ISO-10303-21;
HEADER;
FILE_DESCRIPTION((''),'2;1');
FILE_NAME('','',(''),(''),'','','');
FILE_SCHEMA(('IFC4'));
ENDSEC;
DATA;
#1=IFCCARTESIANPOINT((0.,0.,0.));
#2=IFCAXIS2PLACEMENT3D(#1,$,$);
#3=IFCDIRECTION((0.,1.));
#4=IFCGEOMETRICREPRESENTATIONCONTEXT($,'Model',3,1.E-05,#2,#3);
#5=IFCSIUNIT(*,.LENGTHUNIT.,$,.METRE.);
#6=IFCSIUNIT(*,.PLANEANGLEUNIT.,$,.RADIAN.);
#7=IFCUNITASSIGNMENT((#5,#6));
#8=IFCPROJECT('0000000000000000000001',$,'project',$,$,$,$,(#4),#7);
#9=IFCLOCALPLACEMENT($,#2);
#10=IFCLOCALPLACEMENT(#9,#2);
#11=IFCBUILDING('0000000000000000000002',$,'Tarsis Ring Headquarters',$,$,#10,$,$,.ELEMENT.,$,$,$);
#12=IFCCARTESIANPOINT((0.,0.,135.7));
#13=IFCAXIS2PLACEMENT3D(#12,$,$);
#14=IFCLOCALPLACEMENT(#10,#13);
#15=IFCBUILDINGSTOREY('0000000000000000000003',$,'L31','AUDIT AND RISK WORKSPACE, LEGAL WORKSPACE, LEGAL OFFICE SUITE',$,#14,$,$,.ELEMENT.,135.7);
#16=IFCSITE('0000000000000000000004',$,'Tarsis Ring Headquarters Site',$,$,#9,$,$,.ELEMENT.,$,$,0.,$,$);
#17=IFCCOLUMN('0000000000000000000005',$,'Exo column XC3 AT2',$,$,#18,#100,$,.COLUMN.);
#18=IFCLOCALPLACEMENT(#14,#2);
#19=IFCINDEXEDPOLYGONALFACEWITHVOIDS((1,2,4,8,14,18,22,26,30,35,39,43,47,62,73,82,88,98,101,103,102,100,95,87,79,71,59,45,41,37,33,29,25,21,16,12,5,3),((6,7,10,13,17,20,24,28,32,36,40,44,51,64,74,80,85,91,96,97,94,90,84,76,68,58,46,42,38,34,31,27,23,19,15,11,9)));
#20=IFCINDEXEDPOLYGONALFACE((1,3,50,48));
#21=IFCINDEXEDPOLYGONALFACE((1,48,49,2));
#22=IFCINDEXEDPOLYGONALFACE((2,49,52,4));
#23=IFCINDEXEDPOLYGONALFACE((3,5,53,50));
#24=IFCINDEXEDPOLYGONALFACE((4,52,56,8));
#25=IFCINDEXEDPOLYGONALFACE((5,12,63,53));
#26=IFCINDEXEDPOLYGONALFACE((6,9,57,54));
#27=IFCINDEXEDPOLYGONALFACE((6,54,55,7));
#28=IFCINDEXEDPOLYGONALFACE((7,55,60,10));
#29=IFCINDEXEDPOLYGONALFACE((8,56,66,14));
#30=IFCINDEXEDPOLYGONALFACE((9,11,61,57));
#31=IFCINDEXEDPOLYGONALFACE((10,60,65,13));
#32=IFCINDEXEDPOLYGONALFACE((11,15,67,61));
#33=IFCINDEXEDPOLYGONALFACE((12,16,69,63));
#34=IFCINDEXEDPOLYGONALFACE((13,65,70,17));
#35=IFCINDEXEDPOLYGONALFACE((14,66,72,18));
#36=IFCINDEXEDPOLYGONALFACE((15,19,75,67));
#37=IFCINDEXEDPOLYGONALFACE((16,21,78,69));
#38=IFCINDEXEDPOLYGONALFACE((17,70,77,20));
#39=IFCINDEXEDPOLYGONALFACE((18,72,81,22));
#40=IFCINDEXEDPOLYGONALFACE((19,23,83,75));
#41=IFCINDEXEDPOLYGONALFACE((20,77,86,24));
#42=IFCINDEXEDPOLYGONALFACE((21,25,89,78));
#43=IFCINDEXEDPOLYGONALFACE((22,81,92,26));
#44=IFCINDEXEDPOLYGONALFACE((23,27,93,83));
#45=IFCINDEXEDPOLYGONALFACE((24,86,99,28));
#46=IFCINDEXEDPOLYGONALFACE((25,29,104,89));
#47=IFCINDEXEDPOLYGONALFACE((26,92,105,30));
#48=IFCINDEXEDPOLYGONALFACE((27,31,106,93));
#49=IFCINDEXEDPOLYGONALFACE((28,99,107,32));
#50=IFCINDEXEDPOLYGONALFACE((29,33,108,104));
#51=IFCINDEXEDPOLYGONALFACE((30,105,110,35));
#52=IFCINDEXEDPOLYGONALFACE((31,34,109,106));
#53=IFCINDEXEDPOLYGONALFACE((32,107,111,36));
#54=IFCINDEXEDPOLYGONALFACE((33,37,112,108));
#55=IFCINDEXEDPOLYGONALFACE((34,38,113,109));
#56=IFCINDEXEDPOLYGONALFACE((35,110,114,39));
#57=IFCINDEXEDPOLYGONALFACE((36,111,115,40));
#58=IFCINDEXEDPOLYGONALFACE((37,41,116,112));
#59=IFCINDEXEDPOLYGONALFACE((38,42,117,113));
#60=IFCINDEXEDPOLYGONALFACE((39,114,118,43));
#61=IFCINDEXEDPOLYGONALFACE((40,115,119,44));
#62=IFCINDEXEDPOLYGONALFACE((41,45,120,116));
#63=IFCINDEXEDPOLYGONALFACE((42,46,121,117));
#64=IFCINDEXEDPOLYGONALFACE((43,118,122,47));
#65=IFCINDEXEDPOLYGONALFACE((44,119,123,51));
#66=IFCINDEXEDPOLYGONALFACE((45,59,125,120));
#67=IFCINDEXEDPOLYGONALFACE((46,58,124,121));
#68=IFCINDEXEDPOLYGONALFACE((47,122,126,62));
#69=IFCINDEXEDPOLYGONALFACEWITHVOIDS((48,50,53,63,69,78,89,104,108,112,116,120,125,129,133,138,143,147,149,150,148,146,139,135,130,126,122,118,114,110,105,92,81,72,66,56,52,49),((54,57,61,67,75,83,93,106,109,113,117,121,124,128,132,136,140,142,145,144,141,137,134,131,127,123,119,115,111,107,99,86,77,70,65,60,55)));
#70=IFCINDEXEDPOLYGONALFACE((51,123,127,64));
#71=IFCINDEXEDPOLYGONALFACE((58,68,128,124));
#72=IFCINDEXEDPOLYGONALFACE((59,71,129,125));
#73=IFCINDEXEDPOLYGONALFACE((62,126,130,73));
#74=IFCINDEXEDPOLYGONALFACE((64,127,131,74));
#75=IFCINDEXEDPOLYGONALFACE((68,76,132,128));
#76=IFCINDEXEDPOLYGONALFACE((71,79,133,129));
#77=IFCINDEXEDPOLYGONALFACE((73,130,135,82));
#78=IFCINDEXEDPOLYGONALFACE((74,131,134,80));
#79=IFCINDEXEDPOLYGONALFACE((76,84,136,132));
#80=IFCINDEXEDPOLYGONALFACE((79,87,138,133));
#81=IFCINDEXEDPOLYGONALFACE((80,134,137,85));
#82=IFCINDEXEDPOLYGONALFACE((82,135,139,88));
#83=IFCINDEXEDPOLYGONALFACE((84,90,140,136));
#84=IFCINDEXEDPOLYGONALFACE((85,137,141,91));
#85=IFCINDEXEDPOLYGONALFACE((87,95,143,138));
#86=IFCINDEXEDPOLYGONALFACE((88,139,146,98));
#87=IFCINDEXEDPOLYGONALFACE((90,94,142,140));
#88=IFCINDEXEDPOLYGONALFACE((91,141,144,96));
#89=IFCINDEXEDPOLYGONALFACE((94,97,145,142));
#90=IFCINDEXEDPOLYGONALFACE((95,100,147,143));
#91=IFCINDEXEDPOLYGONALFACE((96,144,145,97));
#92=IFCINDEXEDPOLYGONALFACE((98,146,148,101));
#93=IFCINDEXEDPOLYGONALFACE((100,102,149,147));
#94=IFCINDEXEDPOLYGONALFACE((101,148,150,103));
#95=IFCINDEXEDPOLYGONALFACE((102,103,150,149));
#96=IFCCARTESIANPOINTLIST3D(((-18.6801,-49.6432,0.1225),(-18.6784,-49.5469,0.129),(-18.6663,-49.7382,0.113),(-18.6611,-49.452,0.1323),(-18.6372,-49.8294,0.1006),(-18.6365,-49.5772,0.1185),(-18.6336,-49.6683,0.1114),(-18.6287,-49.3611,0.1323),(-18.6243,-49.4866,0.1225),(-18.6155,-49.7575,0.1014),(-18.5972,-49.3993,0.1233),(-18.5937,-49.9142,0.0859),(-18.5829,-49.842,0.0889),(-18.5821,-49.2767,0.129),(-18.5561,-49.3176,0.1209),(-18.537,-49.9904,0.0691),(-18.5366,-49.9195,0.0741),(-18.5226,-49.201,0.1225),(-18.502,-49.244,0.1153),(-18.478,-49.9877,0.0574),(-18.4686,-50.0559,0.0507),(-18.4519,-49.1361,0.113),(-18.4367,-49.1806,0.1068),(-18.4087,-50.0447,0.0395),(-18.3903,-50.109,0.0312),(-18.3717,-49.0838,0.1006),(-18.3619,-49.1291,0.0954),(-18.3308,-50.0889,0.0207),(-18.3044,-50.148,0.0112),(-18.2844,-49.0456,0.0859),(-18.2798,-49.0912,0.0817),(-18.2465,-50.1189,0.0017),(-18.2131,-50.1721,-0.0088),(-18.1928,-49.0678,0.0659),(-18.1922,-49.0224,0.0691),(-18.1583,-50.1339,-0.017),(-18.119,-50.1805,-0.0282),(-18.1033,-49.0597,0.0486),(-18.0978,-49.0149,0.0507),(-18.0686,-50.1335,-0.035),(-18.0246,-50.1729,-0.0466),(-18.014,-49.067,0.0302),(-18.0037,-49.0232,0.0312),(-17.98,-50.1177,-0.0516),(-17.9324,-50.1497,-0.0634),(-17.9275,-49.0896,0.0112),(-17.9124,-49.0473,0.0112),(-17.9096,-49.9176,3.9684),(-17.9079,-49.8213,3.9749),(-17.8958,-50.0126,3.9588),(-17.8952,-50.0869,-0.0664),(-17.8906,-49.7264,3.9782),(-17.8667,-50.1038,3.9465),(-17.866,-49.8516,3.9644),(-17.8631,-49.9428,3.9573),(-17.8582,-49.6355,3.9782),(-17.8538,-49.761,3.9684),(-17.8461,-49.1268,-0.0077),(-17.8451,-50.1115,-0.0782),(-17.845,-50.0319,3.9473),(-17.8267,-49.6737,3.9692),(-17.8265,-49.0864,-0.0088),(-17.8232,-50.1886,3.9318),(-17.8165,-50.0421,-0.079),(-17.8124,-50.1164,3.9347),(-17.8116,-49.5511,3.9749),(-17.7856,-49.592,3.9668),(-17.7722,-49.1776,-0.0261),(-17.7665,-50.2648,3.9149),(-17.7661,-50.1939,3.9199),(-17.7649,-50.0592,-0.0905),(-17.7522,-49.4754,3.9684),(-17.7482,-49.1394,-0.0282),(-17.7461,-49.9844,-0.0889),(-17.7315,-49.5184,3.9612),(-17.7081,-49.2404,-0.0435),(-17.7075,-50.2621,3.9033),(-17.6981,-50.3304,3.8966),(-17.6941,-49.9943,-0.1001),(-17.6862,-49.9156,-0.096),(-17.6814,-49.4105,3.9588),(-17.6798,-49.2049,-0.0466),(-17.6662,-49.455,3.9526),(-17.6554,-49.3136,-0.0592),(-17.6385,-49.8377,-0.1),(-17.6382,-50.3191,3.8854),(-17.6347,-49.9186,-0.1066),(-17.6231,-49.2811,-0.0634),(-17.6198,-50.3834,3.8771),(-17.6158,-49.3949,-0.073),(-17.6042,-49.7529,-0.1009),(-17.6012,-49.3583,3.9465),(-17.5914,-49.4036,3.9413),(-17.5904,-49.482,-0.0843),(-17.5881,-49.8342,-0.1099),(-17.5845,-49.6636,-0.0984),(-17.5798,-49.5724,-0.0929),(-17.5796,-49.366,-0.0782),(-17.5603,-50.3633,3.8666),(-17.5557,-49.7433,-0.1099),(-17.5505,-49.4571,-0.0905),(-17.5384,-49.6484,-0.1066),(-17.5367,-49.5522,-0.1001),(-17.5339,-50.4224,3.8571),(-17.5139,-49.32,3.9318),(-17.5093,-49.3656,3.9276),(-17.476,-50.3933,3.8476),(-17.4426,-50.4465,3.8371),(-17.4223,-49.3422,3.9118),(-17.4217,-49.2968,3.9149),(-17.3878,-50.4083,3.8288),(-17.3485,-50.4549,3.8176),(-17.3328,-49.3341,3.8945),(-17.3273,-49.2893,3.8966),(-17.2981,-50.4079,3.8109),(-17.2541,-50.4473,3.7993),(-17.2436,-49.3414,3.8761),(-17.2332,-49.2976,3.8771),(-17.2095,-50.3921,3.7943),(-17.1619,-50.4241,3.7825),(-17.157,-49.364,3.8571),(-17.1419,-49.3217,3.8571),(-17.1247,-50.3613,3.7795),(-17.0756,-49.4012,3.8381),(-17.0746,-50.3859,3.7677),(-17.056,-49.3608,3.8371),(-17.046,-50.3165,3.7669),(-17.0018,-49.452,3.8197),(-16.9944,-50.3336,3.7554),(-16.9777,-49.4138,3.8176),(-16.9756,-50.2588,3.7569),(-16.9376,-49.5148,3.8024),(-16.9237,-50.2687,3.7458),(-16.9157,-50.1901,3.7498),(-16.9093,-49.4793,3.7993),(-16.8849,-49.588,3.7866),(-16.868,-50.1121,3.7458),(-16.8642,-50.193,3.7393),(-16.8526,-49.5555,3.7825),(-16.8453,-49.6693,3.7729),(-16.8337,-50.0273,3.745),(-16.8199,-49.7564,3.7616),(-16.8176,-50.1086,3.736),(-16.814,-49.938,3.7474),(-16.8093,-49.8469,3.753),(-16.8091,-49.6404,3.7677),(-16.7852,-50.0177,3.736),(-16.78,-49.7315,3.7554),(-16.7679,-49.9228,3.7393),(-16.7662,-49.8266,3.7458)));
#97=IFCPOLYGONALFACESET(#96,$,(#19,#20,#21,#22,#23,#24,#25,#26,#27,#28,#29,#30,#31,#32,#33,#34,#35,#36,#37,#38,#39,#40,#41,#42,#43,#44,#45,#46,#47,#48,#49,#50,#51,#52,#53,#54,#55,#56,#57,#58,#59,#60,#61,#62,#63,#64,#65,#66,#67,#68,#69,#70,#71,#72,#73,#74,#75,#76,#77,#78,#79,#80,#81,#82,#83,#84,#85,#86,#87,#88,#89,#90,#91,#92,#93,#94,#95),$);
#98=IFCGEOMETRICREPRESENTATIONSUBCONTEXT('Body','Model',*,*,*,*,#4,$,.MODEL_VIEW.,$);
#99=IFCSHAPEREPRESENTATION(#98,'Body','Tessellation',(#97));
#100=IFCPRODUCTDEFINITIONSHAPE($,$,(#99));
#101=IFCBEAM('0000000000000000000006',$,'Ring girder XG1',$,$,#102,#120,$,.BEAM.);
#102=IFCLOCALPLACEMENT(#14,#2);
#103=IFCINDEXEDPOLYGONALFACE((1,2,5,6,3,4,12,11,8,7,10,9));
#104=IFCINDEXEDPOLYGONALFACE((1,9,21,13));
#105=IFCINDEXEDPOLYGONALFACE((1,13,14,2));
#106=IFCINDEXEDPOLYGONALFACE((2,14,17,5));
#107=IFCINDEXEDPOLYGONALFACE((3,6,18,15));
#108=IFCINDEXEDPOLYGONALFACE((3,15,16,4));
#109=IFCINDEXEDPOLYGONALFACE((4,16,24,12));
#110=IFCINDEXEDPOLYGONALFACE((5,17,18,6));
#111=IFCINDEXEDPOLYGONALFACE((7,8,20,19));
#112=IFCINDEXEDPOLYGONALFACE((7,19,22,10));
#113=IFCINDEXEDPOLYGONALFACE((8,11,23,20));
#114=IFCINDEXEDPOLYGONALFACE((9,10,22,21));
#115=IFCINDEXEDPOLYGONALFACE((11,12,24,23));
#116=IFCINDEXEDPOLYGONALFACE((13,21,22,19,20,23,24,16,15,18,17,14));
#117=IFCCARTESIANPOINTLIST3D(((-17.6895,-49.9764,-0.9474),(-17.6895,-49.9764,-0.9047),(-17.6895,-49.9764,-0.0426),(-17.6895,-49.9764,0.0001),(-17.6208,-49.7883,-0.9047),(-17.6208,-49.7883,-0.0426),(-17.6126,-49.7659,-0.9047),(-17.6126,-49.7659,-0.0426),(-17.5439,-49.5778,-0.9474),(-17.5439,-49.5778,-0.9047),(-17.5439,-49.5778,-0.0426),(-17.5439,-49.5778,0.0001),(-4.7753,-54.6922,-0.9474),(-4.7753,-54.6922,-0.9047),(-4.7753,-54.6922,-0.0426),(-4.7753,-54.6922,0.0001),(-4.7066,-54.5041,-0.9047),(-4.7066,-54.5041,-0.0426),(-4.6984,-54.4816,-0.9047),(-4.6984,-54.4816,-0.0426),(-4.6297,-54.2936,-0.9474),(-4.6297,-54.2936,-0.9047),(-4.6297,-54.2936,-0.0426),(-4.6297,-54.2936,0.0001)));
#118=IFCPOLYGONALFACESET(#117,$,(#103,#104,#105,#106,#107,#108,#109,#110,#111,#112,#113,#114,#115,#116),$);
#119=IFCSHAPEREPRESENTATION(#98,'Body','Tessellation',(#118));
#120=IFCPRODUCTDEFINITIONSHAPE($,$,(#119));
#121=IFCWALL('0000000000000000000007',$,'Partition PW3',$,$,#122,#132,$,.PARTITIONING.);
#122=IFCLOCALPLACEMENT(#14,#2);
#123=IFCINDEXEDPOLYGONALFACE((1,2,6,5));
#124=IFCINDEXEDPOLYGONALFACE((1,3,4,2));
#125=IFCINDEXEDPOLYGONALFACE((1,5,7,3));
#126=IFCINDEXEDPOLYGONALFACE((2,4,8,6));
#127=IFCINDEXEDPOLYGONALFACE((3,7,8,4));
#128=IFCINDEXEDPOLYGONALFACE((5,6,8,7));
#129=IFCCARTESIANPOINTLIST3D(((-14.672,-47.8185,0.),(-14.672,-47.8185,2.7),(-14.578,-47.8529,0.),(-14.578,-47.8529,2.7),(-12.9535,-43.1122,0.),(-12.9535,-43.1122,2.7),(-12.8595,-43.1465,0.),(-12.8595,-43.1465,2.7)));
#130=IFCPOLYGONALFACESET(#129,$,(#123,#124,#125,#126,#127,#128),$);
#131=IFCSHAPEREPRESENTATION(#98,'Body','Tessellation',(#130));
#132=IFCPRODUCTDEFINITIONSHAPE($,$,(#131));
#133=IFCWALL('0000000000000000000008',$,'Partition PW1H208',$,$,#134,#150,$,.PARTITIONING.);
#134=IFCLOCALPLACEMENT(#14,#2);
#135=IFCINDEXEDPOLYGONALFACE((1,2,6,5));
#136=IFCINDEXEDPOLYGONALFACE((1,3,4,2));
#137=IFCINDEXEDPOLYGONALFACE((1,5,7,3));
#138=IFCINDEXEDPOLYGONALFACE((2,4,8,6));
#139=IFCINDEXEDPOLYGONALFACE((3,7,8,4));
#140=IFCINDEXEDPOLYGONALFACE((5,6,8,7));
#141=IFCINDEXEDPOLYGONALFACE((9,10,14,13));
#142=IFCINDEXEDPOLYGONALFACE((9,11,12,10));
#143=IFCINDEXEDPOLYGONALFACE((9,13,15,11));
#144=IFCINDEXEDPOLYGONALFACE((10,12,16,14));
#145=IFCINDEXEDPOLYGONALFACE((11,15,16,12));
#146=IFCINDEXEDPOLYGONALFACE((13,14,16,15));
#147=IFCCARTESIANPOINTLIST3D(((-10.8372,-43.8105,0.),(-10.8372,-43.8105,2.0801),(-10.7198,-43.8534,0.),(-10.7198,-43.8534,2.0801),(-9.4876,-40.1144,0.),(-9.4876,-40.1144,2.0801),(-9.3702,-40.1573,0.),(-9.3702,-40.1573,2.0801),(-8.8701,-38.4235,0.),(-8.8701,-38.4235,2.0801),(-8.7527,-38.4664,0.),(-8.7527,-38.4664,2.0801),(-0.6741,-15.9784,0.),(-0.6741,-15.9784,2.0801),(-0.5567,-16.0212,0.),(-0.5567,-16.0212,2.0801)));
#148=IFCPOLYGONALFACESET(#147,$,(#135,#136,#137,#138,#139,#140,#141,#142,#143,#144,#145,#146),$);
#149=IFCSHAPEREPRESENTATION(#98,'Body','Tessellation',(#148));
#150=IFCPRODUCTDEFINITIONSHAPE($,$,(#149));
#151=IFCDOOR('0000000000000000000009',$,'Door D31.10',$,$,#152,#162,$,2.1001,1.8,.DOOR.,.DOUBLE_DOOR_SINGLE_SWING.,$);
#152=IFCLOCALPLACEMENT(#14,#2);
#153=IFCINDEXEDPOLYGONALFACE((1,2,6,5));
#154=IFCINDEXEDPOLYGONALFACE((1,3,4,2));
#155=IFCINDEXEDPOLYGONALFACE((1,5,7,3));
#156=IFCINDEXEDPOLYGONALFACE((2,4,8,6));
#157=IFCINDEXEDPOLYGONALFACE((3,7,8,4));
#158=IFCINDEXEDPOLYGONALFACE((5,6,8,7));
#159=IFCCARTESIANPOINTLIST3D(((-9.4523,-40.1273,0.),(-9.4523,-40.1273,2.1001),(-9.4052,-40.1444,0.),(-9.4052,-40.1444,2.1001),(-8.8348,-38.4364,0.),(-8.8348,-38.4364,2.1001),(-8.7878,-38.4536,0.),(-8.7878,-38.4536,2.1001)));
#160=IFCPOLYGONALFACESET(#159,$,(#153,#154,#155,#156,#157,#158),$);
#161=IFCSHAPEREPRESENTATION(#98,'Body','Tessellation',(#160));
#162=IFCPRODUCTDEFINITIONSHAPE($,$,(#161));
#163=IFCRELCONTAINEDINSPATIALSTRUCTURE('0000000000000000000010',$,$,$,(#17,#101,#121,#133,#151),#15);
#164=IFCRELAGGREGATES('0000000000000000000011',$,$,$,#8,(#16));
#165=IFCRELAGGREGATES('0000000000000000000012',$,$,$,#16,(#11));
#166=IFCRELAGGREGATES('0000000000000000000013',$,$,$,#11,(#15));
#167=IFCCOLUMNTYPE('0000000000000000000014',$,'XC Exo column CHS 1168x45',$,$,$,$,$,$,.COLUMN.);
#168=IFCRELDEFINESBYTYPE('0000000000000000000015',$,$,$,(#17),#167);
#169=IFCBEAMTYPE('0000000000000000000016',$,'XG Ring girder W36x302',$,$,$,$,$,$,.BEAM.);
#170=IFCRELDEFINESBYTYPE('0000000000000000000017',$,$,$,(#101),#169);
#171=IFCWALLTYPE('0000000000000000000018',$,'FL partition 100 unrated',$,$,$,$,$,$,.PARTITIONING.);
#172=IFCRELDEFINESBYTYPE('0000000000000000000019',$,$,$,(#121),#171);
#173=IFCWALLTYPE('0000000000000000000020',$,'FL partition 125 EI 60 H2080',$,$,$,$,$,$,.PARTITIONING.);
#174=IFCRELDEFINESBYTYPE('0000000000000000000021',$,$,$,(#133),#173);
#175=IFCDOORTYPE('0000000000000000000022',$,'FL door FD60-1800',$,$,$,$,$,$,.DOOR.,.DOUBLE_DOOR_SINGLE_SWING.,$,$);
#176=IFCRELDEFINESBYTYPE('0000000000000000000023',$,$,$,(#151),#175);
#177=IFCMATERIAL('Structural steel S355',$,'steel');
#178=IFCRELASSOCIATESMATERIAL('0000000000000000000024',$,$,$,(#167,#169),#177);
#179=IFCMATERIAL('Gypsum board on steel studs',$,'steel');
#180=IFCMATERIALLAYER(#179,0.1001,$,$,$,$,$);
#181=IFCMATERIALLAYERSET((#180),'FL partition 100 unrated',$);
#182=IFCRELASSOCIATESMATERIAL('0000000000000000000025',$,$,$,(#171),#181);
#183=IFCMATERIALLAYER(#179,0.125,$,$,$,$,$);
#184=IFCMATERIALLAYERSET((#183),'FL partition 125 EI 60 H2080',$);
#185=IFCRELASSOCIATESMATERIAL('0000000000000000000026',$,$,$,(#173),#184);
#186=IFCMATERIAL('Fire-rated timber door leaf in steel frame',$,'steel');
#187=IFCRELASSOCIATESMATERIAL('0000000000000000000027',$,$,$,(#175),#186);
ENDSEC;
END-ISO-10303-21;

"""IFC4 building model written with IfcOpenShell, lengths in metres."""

from ifc_helpers import new_model, si_unit, direction, frame, frame_2d, origin, origin_2d, place, context, subcontext, project, spatial, rectangle, hollow_circle, i_section, extrude, material, layer, layer_set, material_profile, profile_set, type_object, element, fill, save


model = new_model("IFC4")

# Units and contexts
model_context = context("Model", 3, precision=1e-05, world=origin(), true_north=direction((0.0, 1.0)))
body_context = subcontext(model_context, "Body", "Model", "MODEL_VIEW")
ifc_project = project(units=[si_unit("LENGTHUNIT", "METRE"), si_unit("PLANEANGLEUNIT", "RADIAN")], contexts=[model_context])

# Site, building, storey
site_placement = place(None, origin())
site = spatial("IfcSite", under=ifc_project, at=site_placement, Name="Tarsis Ring Headquarters Site", CompositionType="ELEMENT", RefElevation=0.0)
building_placement = place(site_placement, origin())
building = spatial("IfcBuilding", under=site, at=building_placement, Name="Tarsis Ring Headquarters", CompositionType="ELEMENT")
storey_placement = place(building_placement, frame((0.0, 0.0, 135.7)))
storey = spatial("IfcBuildingStorey", under=building, at=storey_placement, Name="L31", Description="AUDIT AND RISK WORKSPACE, LEGAL WORKSPACE, LEGAL OFFICE SUITE", CompositionType="ELEMENT", Elevation=135.7)

# Column
ifc_material_1 = material(Name="Structural steel S355", Category="steel")
ifc_material_profile_1 = material_profile(ifc_material_1, hollow_circle(Radius=0.5842, WallThickness=0.0449, at=origin_2d()), Name="CHS 1168x45")
ifc_profile_set_1 = profile_set([ifc_material_profile_1], Name="Structural steel S355")
column_type = type_object("IfcColumnType", Name="XC Exo column CHS 1168x45", PredefinedType="COLUMN", material=ifc_profile_set_1)
column_placement = place(storey_placement, frame((-18.1084, -49.5977, 0.0112), z_axis=(0.19596, -0.069791, 0.978125), x_axis=(0.335504, 0.942039, 0.0)))
element("IfcColumn", 1, at=column_placement, inside=storey, type_object=column_type, Name="Exo column XC3 AT2", PredefinedType="COLUMN", context=body_context, shape_type="SweptSolid", body=[
    extrude(hollow_circle(Radius=0.5842, WallThickness=0.0449, at=origin_2d()), origin(), (0.0, 0.0, 1.0), 3.9319),
])

# Beam
ifc_material_profile_2 = material_profile(ifc_material_1, i_section(OverallWidth=0.4243, OverallDepth=0.9475, WebThickness=0.0239, FlangeThickness=0.0427, at=origin_2d()), Name="W36x302")
ifc_profile_set_2 = profile_set([ifc_material_profile_2], Name="Structural steel S355")
beam_type = type_object("IfcBeamType", Name="XG Ring girder W36x302", PredefinedType="BEAM", material=ifc_profile_set_2)
beam_placement = place(storey_placement, frame((-17.6167, -49.7771, -0.4736), z_axis=(0.939332, -0.343009, 0.0), x_axis=(0.343009, 0.939332, 0.0)))
element("IfcBeam", 2, at=beam_placement, inside=storey, type_object=beam_type, Name="Ring girder XG1", PredefinedType="BEAM", context=body_context, shape_type="SweptSolid", body=[
    extrude(i_section(OverallWidth=0.4243, OverallDepth=0.9475, WebThickness=0.0239, FlangeThickness=0.0427, at=origin_2d()), origin(), (0.0, 0.0, 1.0), 13.7483),
])

# Wall
ifc_material_2 = material(Name="Gypsum board on steel studs", Category="steel")
ifc_layer_1 = layer(ifc_material_2, 0.1001)
ifc_layer_set_1 = layer_set([ifc_layer_1], Name="FL partition 100 unrated")
wall_type_1 = type_object("IfcWallType", Name="FL partition 100 unrated", PredefinedType="PARTITIONING", material=ifc_layer_set_1)
wall_1_placement = place(storey_placement, frame((-14.625, -47.8357, 0.0), z_axis=(0.0, 0.0, 1.0), x_axis=(0.342999, 0.939336, 0.0)))
element("IfcWall", 3, at=wall_1_placement, inside=storey, type_object=wall_type_1, Name="Partition PW3", PredefinedType="PARTITIONING", context=body_context, shape_type="SweptSolid", body=[
    extrude(rectangle(XDim=5.0103, YDim=0.1001, at=frame_2d((2.5051, 0.0))), origin(), (0.0, 0.0, 1.0), 2.7),
])

# Wall, opening, door
ifc_layer_2 = layer(ifc_material_2, 0.125)
ifc_layer_set_2 = layer_set([ifc_layer_2], Name="FL partition 125 EI 60 H2080")
wall_type_2 = type_object("IfcWallType", Name="FL partition 125 EI 60 H2080", PredefinedType="PARTITIONING", material=ifc_layer_set_2)
wall_2_placement = place(storey_placement, frame((-10.7786, -43.832, 0.0), z_axis=(0.0, 0.0, 1.0), x_axis=(0.343005, 0.939334, 0.0)))
wall_2 = element("IfcWall", 4, at=wall_2_placement, inside=storey, type_object=wall_type_2, Name="Partition PW1H208", PredefinedType="PARTITIONING", context=body_context, shape_type="SweptSolid", body=[
    extrude(rectangle(XDim=29.6296, YDim=0.125, at=frame_2d((14.8149, 0.0))), origin(), (0.0, 0.0, 1.0), 2.0801),
])
opening_1_placement = place(wall_2_placement, frame((3.9351, 0.0, 0.0)))
opening_1 = element("IfcOpeningElement", 5, at=opening_1_placement, cuts=wall_2, PredefinedType="OPENING", context=body_context, shape_type="SweptSolid", body=[
    extrude(rectangle(XDim=1.8, YDim=2.1001, at=frame_2d((0.8999, 1.05))), frame((0.0, 0.0725, 0.0), z_axis=(0.0, -1.0, 0.0), x_axis=(1.0, 0.0, 0.0)), (0.0, 0.0, 1.0), 0.145),
])
ifc_material_3 = material(Name="Fire-rated timber door leaf in steel frame", Category="steel")
door_type_1 = type_object("IfcDoorType", Name="FL door FD60-1800", OperationType="DOUBLE_DOOR_SINGLE_SWING", PredefinedType="DOOR", material=ifc_material_3)
door_1_placement = place(opening_1_placement, origin())
door_1 = element("IfcDoor", 6, at=door_1_placement, inside=storey, type_object=door_type_1, Name="Door D31.10", OperationType="DOUBLE_DOOR_SINGLE_SWING", OverallHeight=2.1001, OverallWidth=1.8, PredefinedType="DOOR", context=body_context, shape_type="SweptSolid", body=[
    extrude(rectangle(XDim=1.8, YDim=2.1001, at=frame_2d((0.8999, 1.05))), frame((0.0, 0.0249, 0.0), z_axis=(0.0, -1.0, 0.0), x_axis=(1.0, 0.0, 0.0)), (0.0, 0.0, 1.0), 0.05),
])
fill(opening_1, door_1)

save(model, "model.ifc")
